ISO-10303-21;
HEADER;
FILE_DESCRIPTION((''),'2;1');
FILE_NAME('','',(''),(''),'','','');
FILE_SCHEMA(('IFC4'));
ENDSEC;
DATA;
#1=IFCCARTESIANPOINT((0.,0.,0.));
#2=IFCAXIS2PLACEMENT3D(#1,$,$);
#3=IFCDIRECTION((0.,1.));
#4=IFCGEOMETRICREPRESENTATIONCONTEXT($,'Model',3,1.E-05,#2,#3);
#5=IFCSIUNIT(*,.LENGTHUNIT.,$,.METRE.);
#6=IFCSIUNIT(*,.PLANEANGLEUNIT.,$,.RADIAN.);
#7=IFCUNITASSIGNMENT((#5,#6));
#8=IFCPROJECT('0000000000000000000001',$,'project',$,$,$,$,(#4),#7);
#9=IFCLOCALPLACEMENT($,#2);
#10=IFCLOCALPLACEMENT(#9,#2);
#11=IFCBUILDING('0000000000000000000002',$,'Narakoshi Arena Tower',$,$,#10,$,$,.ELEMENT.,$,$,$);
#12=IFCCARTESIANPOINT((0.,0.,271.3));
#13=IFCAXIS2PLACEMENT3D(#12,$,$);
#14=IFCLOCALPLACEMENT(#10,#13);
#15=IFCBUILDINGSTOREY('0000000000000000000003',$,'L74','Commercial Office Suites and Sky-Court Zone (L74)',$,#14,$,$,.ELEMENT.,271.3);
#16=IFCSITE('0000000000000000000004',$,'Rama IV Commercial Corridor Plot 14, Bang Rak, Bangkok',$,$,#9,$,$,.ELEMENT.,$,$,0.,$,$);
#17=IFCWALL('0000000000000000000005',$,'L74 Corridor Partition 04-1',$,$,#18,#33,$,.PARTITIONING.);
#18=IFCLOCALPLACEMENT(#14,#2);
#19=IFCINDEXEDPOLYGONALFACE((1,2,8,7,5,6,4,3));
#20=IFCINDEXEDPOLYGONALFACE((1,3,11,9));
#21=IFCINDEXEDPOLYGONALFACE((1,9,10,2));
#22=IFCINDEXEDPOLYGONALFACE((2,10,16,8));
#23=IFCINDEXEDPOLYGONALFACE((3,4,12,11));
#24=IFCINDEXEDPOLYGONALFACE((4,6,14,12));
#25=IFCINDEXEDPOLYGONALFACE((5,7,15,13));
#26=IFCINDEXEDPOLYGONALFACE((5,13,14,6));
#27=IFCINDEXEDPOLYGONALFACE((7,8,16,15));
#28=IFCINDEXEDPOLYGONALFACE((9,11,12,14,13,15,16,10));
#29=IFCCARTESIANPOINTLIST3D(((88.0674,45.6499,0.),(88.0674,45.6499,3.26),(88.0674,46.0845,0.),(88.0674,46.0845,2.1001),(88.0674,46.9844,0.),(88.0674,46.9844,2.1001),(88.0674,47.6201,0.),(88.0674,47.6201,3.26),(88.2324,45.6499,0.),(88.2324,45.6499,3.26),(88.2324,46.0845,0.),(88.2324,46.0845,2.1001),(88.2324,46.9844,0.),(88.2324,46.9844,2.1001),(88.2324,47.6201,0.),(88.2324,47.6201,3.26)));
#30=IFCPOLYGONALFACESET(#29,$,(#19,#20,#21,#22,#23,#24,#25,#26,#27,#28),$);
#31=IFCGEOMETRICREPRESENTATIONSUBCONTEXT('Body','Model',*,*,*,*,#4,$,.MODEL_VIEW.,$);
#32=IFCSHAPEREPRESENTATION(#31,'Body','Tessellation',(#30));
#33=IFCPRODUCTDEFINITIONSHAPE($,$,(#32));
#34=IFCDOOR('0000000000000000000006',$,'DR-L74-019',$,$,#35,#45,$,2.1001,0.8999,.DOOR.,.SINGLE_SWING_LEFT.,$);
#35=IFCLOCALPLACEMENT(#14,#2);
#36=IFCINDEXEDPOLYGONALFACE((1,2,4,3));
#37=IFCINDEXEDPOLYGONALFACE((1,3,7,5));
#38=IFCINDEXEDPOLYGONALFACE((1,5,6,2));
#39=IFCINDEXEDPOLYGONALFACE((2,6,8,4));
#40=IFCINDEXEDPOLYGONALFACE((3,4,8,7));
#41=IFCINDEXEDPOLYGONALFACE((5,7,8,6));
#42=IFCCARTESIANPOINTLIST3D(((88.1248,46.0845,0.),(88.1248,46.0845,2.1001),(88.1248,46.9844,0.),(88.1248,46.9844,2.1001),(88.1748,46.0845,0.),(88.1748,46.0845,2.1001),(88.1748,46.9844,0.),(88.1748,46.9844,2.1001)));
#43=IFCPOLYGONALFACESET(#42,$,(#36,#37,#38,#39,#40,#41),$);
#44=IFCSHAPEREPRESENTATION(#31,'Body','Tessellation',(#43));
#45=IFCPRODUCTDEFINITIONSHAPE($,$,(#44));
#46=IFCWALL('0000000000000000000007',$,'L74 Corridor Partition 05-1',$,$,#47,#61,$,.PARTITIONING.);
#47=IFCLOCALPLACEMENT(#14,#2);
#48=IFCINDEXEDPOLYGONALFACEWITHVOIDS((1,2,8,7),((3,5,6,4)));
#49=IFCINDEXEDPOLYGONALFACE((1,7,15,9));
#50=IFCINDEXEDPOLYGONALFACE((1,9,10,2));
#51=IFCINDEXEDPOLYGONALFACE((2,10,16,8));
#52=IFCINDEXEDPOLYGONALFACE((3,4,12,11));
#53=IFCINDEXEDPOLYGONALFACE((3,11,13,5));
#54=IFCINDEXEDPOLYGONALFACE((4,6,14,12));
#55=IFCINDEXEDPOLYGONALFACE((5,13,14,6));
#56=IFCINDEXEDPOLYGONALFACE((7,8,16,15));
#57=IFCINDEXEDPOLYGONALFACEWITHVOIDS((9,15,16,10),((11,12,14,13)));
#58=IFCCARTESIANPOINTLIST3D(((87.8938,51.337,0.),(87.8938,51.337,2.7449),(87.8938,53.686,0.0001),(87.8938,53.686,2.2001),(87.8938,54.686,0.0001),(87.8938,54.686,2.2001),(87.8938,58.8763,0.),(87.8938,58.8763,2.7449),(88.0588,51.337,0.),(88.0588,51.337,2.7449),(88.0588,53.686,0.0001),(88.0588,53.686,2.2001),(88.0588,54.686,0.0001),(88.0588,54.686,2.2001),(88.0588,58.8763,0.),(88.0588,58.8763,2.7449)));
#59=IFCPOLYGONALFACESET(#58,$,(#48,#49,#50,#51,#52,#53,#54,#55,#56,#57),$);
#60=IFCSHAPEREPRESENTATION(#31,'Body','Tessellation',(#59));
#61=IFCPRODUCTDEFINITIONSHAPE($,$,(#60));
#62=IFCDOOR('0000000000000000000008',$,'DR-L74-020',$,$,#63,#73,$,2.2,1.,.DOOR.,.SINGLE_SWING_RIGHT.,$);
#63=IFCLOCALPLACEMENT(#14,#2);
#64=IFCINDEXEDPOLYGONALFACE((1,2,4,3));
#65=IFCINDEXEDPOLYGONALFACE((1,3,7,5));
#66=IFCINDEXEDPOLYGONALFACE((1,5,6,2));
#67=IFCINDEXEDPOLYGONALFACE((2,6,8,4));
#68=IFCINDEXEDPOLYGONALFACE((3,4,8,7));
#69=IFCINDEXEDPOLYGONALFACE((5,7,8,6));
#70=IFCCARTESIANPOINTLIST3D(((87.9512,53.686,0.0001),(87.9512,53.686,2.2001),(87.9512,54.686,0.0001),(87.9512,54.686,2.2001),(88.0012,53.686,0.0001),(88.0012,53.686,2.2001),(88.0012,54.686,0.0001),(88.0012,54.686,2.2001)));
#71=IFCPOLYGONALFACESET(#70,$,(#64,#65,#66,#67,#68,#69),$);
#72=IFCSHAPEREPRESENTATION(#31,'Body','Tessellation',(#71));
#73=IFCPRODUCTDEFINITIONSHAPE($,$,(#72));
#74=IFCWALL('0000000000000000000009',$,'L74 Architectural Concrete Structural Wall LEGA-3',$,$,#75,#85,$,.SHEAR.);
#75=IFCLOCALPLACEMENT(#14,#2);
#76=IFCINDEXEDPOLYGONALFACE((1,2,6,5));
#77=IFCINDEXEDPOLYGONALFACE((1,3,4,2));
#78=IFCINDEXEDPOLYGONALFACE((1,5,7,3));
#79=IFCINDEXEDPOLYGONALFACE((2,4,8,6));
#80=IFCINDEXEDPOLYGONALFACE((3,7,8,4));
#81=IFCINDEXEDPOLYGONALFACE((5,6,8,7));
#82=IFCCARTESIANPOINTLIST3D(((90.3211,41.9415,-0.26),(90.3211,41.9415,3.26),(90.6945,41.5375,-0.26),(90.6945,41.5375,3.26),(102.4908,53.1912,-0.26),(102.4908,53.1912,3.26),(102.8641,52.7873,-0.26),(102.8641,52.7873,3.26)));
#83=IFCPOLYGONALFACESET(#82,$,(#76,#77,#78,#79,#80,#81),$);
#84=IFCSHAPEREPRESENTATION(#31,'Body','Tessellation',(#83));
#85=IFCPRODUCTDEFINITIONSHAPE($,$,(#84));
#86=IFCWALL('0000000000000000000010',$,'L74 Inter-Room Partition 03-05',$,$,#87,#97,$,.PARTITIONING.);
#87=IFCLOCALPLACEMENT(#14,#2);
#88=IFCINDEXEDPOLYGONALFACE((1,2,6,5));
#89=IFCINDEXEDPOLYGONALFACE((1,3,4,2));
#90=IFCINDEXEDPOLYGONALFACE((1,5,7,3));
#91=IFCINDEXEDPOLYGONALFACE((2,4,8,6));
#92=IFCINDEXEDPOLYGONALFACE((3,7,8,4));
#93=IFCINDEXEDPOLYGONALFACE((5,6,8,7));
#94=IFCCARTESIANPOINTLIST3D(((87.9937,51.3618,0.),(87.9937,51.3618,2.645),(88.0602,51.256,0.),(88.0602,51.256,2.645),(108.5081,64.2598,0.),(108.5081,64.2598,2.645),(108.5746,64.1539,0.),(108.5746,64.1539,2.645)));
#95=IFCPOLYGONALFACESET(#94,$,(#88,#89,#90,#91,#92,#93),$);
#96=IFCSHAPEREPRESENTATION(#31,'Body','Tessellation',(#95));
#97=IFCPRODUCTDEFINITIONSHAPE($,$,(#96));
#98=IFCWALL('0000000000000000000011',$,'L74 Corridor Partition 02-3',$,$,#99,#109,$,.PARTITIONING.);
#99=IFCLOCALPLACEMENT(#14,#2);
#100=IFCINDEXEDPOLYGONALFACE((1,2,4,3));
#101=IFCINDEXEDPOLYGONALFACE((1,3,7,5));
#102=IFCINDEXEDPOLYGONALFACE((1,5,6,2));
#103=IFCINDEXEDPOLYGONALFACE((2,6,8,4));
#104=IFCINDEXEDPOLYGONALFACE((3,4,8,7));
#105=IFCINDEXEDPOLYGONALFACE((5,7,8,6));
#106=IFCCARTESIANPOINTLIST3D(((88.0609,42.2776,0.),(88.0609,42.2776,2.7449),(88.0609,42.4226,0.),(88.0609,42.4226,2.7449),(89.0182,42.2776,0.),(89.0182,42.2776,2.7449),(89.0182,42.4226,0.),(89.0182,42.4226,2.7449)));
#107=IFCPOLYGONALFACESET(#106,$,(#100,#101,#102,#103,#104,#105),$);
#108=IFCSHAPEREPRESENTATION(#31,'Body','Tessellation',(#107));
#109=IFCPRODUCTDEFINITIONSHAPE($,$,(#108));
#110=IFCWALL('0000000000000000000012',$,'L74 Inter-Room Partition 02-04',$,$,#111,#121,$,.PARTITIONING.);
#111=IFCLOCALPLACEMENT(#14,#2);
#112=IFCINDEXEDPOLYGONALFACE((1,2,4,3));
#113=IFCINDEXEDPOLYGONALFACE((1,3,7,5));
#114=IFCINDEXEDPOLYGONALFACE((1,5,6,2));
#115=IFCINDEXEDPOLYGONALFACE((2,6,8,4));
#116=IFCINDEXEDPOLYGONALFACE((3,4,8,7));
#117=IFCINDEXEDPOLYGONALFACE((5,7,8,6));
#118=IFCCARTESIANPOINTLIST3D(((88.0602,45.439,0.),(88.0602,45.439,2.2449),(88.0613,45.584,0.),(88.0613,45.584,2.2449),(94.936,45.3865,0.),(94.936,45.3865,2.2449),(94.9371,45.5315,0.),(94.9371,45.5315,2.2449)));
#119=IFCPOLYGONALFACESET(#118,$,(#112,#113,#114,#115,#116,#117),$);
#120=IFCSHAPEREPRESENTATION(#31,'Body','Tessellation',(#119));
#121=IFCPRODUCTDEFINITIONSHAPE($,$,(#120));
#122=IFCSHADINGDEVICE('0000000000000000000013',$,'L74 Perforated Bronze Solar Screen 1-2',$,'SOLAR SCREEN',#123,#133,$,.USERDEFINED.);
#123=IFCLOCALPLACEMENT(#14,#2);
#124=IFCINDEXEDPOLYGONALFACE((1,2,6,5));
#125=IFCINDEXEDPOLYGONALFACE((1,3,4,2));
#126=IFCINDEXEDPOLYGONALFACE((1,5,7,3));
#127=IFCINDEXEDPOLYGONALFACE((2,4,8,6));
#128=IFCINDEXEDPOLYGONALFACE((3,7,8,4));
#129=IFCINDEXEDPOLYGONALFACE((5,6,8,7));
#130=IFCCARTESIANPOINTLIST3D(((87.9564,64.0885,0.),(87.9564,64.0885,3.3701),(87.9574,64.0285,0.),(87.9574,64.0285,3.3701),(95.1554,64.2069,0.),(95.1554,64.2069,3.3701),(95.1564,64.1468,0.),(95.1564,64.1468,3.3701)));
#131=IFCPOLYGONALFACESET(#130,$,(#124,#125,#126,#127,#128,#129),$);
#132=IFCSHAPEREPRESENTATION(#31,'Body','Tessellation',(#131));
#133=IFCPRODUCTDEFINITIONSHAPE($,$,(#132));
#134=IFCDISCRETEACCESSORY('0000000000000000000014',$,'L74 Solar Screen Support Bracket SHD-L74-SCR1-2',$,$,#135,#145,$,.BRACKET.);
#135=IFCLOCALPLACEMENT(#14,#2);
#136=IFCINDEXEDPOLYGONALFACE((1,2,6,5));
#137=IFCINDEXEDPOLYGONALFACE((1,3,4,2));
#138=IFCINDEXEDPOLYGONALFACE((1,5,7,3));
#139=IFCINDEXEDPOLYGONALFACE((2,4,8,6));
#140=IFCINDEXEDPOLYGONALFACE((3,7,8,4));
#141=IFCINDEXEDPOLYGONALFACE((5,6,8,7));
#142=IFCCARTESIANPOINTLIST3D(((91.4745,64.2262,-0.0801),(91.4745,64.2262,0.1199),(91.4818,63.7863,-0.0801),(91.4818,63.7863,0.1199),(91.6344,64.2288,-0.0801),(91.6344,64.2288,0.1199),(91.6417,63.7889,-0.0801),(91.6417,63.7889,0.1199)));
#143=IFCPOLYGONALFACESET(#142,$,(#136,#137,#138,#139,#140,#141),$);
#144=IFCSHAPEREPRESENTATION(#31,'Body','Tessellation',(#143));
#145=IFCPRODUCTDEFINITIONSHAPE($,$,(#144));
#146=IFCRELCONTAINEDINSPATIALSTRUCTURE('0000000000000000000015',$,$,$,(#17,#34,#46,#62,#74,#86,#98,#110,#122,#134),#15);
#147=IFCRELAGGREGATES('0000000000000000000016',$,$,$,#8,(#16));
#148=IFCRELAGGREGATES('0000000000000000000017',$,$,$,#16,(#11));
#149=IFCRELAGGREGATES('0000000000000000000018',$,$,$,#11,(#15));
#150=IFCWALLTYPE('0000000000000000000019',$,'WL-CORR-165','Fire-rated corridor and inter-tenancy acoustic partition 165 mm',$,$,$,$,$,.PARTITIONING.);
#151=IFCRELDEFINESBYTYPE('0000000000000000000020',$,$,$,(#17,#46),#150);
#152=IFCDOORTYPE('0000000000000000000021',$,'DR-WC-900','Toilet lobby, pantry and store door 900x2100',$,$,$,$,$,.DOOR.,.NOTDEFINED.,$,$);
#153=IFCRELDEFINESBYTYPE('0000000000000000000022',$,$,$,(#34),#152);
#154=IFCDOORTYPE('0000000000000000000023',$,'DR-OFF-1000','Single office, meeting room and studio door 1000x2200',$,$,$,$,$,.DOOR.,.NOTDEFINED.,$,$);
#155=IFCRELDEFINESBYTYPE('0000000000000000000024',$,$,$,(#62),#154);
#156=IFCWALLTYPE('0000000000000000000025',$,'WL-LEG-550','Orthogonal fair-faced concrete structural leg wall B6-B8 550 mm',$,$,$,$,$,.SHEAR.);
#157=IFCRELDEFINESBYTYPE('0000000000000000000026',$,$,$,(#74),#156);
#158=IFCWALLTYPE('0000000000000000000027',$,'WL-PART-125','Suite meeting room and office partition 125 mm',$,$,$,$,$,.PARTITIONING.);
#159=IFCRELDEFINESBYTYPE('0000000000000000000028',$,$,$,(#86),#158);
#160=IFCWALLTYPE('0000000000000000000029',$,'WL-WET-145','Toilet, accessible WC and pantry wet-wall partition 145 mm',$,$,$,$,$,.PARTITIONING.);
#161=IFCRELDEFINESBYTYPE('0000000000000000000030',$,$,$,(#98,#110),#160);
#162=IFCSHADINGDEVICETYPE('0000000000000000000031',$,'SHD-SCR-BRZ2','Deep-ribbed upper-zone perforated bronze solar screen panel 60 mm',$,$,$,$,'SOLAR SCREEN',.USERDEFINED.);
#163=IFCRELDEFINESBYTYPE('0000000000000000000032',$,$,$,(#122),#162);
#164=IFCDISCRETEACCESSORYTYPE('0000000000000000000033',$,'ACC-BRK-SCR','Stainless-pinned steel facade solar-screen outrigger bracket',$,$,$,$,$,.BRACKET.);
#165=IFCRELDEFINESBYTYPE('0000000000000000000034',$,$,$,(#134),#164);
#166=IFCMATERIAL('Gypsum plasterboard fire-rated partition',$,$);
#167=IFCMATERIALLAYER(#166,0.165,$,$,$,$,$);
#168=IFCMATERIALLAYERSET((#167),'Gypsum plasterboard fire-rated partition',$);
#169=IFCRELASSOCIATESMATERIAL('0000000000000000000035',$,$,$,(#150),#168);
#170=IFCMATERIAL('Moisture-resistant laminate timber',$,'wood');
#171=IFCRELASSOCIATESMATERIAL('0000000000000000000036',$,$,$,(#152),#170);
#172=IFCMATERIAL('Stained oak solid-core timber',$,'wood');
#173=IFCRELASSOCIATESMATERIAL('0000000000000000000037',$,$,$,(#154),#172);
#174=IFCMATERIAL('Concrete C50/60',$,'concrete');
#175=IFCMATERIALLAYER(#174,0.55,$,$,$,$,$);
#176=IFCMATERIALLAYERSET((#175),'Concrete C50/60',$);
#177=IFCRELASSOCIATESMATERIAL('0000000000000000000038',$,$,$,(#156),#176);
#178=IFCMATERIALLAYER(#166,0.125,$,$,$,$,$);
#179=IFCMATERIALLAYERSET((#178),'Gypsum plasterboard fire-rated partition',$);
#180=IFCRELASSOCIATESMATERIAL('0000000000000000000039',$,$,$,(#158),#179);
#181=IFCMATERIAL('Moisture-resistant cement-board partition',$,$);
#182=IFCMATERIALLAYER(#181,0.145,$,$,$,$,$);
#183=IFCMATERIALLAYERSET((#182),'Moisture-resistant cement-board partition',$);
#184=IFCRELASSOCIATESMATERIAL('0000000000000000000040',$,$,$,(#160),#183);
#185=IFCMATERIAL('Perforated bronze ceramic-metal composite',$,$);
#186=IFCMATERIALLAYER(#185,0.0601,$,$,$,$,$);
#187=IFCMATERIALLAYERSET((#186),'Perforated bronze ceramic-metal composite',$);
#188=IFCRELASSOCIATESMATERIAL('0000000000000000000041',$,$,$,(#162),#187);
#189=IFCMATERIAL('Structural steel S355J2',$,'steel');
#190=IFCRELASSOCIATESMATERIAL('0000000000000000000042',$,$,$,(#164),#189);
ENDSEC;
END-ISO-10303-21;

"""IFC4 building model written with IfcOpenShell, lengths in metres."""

from ifc_helpers import new_model, si_unit, direction, frame, frame_2d, origin, origin_2d, place, context, subcontext, project, spatial, rectangle, extrude, material, layer, layer_set, type_object, element, fill, save


model = new_model("IFC4")

# Units and contexts
model_context = context("Model", 3, precision=1e-05, world=origin(), true_north=direction((0.0, 1.0)))
body_context = subcontext(model_context, "Body", "Model", "MODEL_VIEW")
ifc_project = project(units=[si_unit("LENGTHUNIT", "METRE"), si_unit("PLANEANGLEUNIT", "RADIAN")], contexts=[model_context])

# Site, building, storey
site_placement = place(None, origin())
site = spatial("IfcSite", under=ifc_project, at=site_placement, Name="Rama IV Commercial Corridor Plot 14, Bang Rak, Bangkok", CompositionType="ELEMENT", RefElevation=0.0)
building_placement = place(site_placement, origin())
building = spatial("IfcBuilding", under=site, at=building_placement, Name="Narakoshi Arena Tower", CompositionType="ELEMENT")
storey_placement = place(building_placement, frame((0.0, 0.0, 271.3)))
storey = spatial("IfcBuildingStorey", under=building, at=storey_placement, Name="L74", Description="Commercial Office Suites and Sky-Court Zone (L74)", CompositionType="ELEMENT", Elevation=271.3)

# Shared definitions
ifc_material_1 = material(Name="Concrete C50/60", Category="concrete")

# Shared definitions
ifc_material_2 = material(Name="Structural steel S355J2", Category="steel")

# Walls, openings, doors
ifc_material_3 = material(Name="Gypsum plasterboard fire-rated partition")
ifc_layer_1 = layer(ifc_material_3, 0.165)
ifc_layer_set_1 = layer_set([ifc_layer_1], Name="Gypsum plasterboard fire-rated partition")
wall_type_1 = type_object("IfcWallType", Name="WL-CORR-165", Description="Fire-rated corridor and inter-tenancy acoustic partition 165 mm", PredefinedType="PARTITIONING", material=ifc_layer_set_1)
wall_1_placement = place(storey_placement, frame((88.1499, 45.6499, 0.0), z_axis=(0.0, 0.0, 1.0), x_axis=(0.0, 1.0, 0.0)))
wall_1 = element("IfcWall", 1, at=wall_1_placement, inside=storey, type_object=wall_type_1, Name="L74 Corridor Partition 04-1", PredefinedType="PARTITIONING", context=body_context, shape_type="SweptSolid", body=[
    extrude(rectangle(XDim=1.9702, YDim=0.165, at=frame_2d((0.9851, 0.0))), origin(), (0.0, 0.0, 1.0), 3.26),
])
opening_1_placement = place(wall_1_placement, frame((0.4346, 0.0, 0.0)))
opening_1 = element("IfcOpeningElement", 2, at=opening_1_placement, cuts=wall_1, PredefinedType="OPENING", context=body_context, shape_type="SweptSolid", body=[
    extrude(rectangle(XDim=0.8999, YDim=2.1001, at=frame_2d((0.45, 1.05))), frame((0.0, 0.0925, 0.0), z_axis=(0.0, -1.0, 0.0), x_axis=(1.0, 0.0, 0.0)), (0.0, 0.0, 1.0), 0.1851),
])
ifc_material_4 = material(Name="Moisture-resistant laminate timber", Category="wood")
door_type_1 = type_object("IfcDoorType", Name="DR-WC-900", Description="Toilet lobby, pantry and store door 900x2100", OperationType="NOTDEFINED", PredefinedType="DOOR", material=ifc_material_4)
door_1_placement = place(opening_1_placement, frame((0.8999, 0.0, 0.0), z_axis=(0.0, 0.0, 1.0), x_axis=(-1.0, 0.0, 0.0)))
door_1 = element("IfcDoor", 3, at=door_1_placement, inside=storey, type_object=door_type_1, Name="DR-L74-019", OperationType="SINGLE_SWING_LEFT", OverallHeight=2.1001, OverallWidth=0.8999, PredefinedType="DOOR", context=body_context, shape_type="SweptSolid", body=[
    extrude(rectangle(XDim=0.8999, YDim=2.1001, at=frame_2d((0.45, 1.05))), frame((0.0, 0.0249, 0.0), z_axis=(0.0, -1.0, 0.0), x_axis=(1.0, 0.0, 0.0)), (0.0, 0.0, 1.0), 0.05),
])
fill(opening_1, door_1)
wall_2_placement = place(storey_placement, frame((87.9763, 51.3372, 0.0), z_axis=(0.0, 0.0, 1.0), x_axis=(0.0, 1.0, 0.0)))
wall_2 = element("IfcWall", 4, at=wall_2_placement, inside=storey, type_object=wall_type_1, Name="L74 Corridor Partition 05-1", PredefinedType="PARTITIONING", context=body_context, shape_type="SweptSolid", body=[
    extrude(rectangle(XDim=7.5393, YDim=0.165, at=frame_2d((3.7695, 0.0))), origin(), (0.0, 0.0, 1.0), 2.7449),
])
opening_2_placement = place(wall_2_placement, frame((2.3489, 0.0, 0.0)))
opening_2 = element("IfcOpeningElement", 5, at=opening_2_placement, cuts=wall_2, PredefinedType="OPENING", context=body_context, shape_type="SweptSolid", body=[
    extrude(rectangle(XDim=1.0, YDim=2.2, at=frame_2d((0.5, 1.1001))), frame((0.0, 0.0925, 0.0), z_axis=(0.0, -1.0, 0.0), x_axis=(1.0, 0.0, 0.0)), (0.0, 0.0, 1.0), 0.1851),
])
ifc_material_5 = material(Name="Stained oak solid-core timber", Category="wood")
door_type_2 = type_object("IfcDoorType", Name="DR-OFF-1000", Description="Single office, meeting room and studio door 1000x2200", OperationType="NOTDEFINED", PredefinedType="DOOR", material=ifc_material_5)
door_2_placement = place(opening_2_placement, frame((1.0, 0.0, 0.0), z_axis=(0.0, 0.0, 1.0), x_axis=(-1.0, 0.0, 0.0)))
door_2 = element("IfcDoor", 6, at=door_2_placement, inside=storey, type_object=door_type_2, Name="DR-L74-020", OperationType="SINGLE_SWING_RIGHT", OverallHeight=2.2, OverallWidth=1.0, PredefinedType="DOOR", context=body_context, shape_type="SweptSolid", body=[
    extrude(rectangle(XDim=1.0, YDim=2.2, at=frame_2d((0.5, 1.1001))), frame((0.0, 0.0249, 0.0), z_axis=(0.0, -1.0, 0.0), x_axis=(1.0, 0.0, 0.0)), (0.0, 0.0, 1.0), 0.05),
])
fill(opening_2, door_2)

# Walls
ifc_layer_2 = layer(ifc_material_1, 0.55)
ifc_layer_set_2 = layer_set([ifc_layer_2], Name="Concrete C50/60")
wall_type_2 = type_object("IfcWallType", Name="WL-LEG-550", Description="Orthogonal fair-faced concrete structural leg wall B6-B8 550 mm", PredefinedType="SHEAR", material=ifc_layer_set_2)
wall_3_placement = place(storey_placement, frame((90.5078, 41.7395, -0.26), z_axis=(0.0, 0.0, 1.0), x_axis=(0.734316, 0.678808, 0.0)))
element("IfcWall", 7, at=wall_3_placement, inside=storey, type_object=wall_type_2, Name="L74 Architectural Concrete Structural Wall LEGA-3", PredefinedType="SHEAR", context=body_context, shape_type="SweptSolid", body=[
    extrude(rectangle(XDim=16.5728, YDim=0.55, at=frame_2d((8.2864, 0.0))), origin(), (0.0, 0.0, 1.0), 3.52),
])
ifc_layer_3 = layer(ifc_material_3, 0.125)
ifc_layer_set_3 = layer_set([ifc_layer_3], Name="Gypsum plasterboard fire-rated partition")
wall_type_3 = type_object("IfcWallType", Name="WL-PART-125", Description="Suite meeting room and office partition 125 mm", PredefinedType="PARTITIONING", material=ifc_layer_set_3)
wall_4_placement = place(storey_placement, frame((88.0269, 51.3088, 0.0), z_axis=(0.0, 0.0, 1.0), x_axis=(0.846577, 0.532266, 0.0)))
element("IfcWall", 8, at=wall_4_placement, inside=storey, type_object=wall_type_3, Name="L74 Inter-Room Partition 03-05", PredefinedType="PARTITIONING", context=body_context, shape_type="SweptSolid", body=[
    extrude(rectangle(XDim=24.2322, YDim=0.125, at=frame_2d((12.1162, 0.0))), origin(), (0.0, 0.0, 1.0), 2.645),
])
ifc_material_6 = material(Name="Moisture-resistant cement-board partition")
ifc_layer_4 = layer(ifc_material_6, 0.145)
ifc_layer_set_4 = layer_set([ifc_layer_4], Name="Moisture-resistant cement-board partition")
wall_type_4 = type_object("IfcWallType", Name="WL-WET-145", Description="Toilet, accessible WC and pantry wet-wall partition 145 mm", PredefinedType="PARTITIONING", material=ifc_layer_set_4)
wall_5_placement = place(storey_placement, frame((89.0181, 42.3501, 0.0), z_axis=(0.0, 0.0, 1.0), x_axis=(-1.0, 0.0, 0.0)))
element("IfcWall", 9, at=wall_5_placement, inside=storey, type_object=wall_type_4, Name="L74 Corridor Partition 02-3", PredefinedType="PARTITIONING", context=body_context, shape_type="SweptSolid", body=[
    extrude(rectangle(XDim=0.9573, YDim=0.145, at=frame_2d((0.4785, 0.0))), origin(), (0.0, 0.0, 1.0), 2.7449),
])
wall_6_placement = place(storey_placement, frame((88.0608, 45.5115, 0.0), z_axis=(0.0, 0.0, 1.0), x_axis=(0.999971, -0.007634, 0.0)))
element("IfcWall", 10, at=wall_6_placement, inside=storey, type_object=wall_type_4, Name="L74 Inter-Room Partition 02-04", PredefinedType="PARTITIONING", context=body_context, shape_type="SweptSolid", body=[
    extrude(rectangle(XDim=6.876, YDim=0.145, at=frame_2d((3.438, 0.0))), origin(), (0.0, 0.0, 1.0), 2.2449),
])

# Shading device
ifc_material_7 = material(Name="Perforated bronze ceramic-metal composite")
ifc_layer_5 = layer(ifc_material_7, 0.0601)
ifc_layer_set_5 = layer_set([ifc_layer_5], Name="Perforated bronze ceramic-metal composite")
shading_device_type = type_object("IfcShadingDeviceType", Name="SHD-SCR-BRZ2", Description="Deep-ribbed upper-zone perforated bronze solar screen panel 60 mm", ElementType="SOLAR SCREEN", PredefinedType="USERDEFINED", material=ifc_layer_set_5)
shading_device_placement = place(storey_placement, frame((91.5564, 64.1177, 0.0), z_axis=(0.0, 0.0, 1.0), x_axis=(-0.999865, -0.01644, 0.0)))
element("IfcShadingDevice", 11, at=shading_device_placement, inside=storey, type_object=shading_device_type, Name="L74 Perforated Bronze Solar Screen 1-2", ObjectType="SOLAR SCREEN", PredefinedType="USERDEFINED", context=body_context, shape_type="SweptSolid", body=[
    extrude(rectangle(XDim=7.2, YDim=0.0601, at=origin_2d()), origin(), (0.0, 0.0, 1.0), 3.3701),
])

# Discrete accessory
discrete_accessory_type = type_object("IfcDiscreteAccessoryType", Name="ACC-BRK-SCR", Description="Stainless-pinned steel facade solar-screen outrigger bracket", PredefinedType="BRACKET", material=ifc_material_2)
discrete_accessory_placement = place(storey_placement, frame((91.5581, 64.0076, -0.0801), z_axis=(0.0, 0.0, 1.0), x_axis=(-0.999865, -0.01644, 0.0)))
element("IfcDiscreteAccessory", 12, at=discrete_accessory_placement, inside=storey, type_object=discrete_accessory_type, Name="L74 Solar Screen Support Bracket SHD-L74-SCR1-2", PredefinedType="BRACKET", context=body_context, shape_type="SweptSolid", body=[
    extrude(rectangle(XDim=0.1599, YDim=0.4399, at=origin_2d()), origin(), (0.0, 0.0, 1.0), 0.2),
])

save(model, "model.ifc")
